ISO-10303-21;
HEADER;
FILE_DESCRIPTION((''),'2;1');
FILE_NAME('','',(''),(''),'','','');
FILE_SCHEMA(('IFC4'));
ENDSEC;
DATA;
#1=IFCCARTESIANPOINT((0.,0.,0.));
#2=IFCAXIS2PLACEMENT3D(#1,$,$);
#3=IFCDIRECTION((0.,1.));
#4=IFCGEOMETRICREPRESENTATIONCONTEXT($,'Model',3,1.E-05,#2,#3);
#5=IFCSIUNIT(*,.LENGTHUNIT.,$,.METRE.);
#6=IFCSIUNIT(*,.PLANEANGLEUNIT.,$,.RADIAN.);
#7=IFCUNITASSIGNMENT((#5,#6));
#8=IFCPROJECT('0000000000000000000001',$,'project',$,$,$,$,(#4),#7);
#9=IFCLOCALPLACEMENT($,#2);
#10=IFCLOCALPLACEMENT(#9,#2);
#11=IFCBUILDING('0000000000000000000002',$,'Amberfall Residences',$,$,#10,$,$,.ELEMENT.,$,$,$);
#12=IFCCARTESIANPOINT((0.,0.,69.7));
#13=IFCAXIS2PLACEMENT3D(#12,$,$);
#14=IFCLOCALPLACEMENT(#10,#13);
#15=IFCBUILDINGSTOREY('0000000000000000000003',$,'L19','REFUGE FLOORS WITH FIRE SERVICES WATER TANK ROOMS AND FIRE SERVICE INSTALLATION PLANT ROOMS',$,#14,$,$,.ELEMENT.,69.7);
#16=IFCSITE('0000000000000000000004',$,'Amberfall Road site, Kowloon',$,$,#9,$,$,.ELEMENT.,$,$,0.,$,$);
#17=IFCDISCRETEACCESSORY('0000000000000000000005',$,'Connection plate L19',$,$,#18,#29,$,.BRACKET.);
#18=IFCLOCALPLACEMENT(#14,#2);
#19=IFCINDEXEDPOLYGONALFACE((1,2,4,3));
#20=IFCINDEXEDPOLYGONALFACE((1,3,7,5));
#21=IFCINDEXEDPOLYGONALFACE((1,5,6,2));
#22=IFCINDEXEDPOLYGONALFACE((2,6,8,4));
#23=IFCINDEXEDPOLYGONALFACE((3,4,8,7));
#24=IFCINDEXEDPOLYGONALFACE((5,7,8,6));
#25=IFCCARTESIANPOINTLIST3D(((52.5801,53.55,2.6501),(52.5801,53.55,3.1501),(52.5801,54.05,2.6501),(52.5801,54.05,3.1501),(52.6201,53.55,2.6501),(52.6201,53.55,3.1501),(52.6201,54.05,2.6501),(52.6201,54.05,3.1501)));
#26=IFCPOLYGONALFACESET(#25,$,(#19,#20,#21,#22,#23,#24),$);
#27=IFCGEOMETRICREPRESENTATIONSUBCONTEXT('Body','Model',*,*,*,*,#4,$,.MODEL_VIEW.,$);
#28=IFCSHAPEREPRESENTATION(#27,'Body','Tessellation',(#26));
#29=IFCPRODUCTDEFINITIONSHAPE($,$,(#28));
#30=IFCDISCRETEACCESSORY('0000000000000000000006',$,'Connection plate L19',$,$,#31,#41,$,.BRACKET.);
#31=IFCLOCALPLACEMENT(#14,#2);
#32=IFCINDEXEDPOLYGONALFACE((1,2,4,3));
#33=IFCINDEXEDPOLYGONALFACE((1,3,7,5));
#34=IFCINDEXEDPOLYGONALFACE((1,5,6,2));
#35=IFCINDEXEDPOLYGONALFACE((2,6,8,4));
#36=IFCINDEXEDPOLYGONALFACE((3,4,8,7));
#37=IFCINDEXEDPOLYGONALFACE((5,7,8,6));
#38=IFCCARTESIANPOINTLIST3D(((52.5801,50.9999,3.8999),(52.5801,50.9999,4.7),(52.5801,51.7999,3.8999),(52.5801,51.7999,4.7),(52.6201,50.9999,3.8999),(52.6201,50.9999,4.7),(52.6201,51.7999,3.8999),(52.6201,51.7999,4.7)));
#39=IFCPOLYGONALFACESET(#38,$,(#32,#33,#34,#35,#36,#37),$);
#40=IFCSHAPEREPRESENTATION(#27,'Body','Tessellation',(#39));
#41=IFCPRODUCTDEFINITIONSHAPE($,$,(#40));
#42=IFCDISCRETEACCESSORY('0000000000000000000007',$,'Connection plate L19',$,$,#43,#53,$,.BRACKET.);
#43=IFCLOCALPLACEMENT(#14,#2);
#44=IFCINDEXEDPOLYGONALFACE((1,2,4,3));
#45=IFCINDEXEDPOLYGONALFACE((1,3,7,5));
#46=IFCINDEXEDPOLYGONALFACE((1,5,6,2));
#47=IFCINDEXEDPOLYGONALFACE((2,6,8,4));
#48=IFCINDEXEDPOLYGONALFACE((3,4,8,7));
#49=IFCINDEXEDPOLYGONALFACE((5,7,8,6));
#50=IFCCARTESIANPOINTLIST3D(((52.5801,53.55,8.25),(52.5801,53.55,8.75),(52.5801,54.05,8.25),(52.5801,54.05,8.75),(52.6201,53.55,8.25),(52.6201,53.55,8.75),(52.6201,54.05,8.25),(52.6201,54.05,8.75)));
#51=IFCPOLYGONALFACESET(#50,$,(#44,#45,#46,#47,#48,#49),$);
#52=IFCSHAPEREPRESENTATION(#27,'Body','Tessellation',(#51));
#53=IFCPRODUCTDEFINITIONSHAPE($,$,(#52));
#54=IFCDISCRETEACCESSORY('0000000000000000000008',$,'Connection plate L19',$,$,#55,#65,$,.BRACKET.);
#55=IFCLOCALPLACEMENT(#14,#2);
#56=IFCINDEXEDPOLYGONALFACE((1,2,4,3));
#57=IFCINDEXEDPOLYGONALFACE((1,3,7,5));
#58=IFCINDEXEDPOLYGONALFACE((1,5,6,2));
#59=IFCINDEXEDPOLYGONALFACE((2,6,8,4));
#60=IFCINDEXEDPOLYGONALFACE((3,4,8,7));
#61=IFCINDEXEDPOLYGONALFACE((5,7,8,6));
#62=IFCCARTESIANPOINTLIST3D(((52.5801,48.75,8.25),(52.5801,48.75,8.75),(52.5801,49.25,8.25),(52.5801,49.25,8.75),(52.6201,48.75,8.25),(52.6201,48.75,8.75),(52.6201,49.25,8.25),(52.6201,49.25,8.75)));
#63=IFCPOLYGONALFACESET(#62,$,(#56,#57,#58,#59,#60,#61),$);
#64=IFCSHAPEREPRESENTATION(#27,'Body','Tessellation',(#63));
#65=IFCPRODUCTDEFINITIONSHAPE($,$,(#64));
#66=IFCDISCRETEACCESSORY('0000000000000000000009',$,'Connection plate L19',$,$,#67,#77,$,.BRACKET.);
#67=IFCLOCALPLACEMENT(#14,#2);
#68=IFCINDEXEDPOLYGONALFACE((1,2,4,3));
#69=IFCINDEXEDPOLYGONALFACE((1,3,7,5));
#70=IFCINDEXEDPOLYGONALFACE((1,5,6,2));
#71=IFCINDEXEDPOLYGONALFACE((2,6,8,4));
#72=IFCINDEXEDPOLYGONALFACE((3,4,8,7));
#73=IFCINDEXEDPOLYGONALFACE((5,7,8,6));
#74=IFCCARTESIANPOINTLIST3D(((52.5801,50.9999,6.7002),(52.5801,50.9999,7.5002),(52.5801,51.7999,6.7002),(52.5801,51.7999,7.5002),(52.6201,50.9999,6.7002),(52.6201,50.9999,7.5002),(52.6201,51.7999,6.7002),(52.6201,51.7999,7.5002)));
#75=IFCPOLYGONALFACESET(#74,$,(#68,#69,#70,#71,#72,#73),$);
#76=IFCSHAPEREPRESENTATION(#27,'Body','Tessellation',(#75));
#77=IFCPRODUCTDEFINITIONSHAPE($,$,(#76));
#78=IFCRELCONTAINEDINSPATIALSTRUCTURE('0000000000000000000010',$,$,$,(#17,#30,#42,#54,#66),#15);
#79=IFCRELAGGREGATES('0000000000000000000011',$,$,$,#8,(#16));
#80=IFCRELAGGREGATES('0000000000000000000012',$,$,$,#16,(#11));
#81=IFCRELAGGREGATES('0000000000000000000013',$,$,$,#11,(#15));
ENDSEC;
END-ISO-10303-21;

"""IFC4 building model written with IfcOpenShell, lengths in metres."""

from ifc_helpers import new_model, si_unit, direction, frame, origin, origin_2d, place, context, subcontext, project, spatial, rectangle, extrude, element, save


model = new_model("IFC4")

# Units and contexts
model_context = context("Model", 3, precision=1e-05, world=origin(), true_north=direction((0.0, 1.0)))
body_context = subcontext(model_context, "Body", "Model", "MODEL_VIEW")
ifc_project = project(units=[si_unit("LENGTHUNIT", "METRE"), si_unit("PLANEANGLEUNIT", "RADIAN")], contexts=[model_context])

# Site, building, storey
site_placement = place(None, origin())
site = spatial("IfcSite", under=ifc_project, at=site_placement, Name="Amberfall Road site, Kowloon", CompositionType="ELEMENT", RefElevation=0.0)
building_placement = place(site_placement, origin())
building = spatial("IfcBuilding", under=site, at=building_placement, Name="Amberfall Residences", CompositionType="ELEMENT")
storey_placement = place(building_placement, frame((0.0, 0.0, 69.7)))
storey = spatial("IfcBuildingStorey", under=building, at=storey_placement, Name="L19", Description="REFUGE FLOORS WITH FIRE SERVICES WATER TANK ROOMS AND FIRE SERVICE INSTALLATION PLANT ROOMS", CompositionType="ELEMENT", Elevation=69.7)

# Discrete accessories
for number, where, z_axis, x_axis, name in (
    (1, (52.6001, 53.8, 2.6501), (0.0, 0.0, 1.0), (0.0, 1.0, 0.0), "Connection plate L19"),
):
    element("IfcDiscreteAccessory", number, at=place(storey_placement, frame(where, z_axis=z_axis, x_axis=x_axis)), inside=storey, Name=name, PredefinedType="BRACKET", context=body_context, shape_type="SweptSolid", body=[
        extrude(rectangle(XDim=0.5, YDim=0.04, at=origin_2d()), origin(), (0.0, 0.0, 1.0), 0.5),
    ])
discrete_accessory_1_placement = place(storey_placement, frame((52.6001, 51.3999, 3.8999), z_axis=(0.0, 0.0, 1.0), x_axis=(0.0, 1.0, 0.0)))
element("IfcDiscreteAccessory", 2, at=discrete_accessory_1_placement, inside=storey, Name="Connection plate L19", PredefinedType="BRACKET", context=body_context, shape_type="SweptSolid", body=[
    extrude(rectangle(XDim=0.8, YDim=0.04, at=origin_2d()), origin(), (0.0, 0.0, 1.0), 0.8),
])
for number, where, z_axis, x_axis, name in (
    (3, (52.6001, 53.8, 8.25), (0.0, 0.0, 1.0), (0.0, 1.0, 0.0), "Connection plate L19"),
    (4, (52.6001, 49.0, 8.25), (0.0, 0.0, 1.0), (0.0, 1.0, 0.0), "Connection plate L19"),
):
    element("IfcDiscreteAccessory", number, at=place(storey_placement, frame(where, z_axis=z_axis, x_axis=x_axis)), inside=storey, Name=name, PredefinedType="BRACKET", context=body_context, shape_type="SweptSolid", body=[
        extrude(rectangle(XDim=0.5, YDim=0.04, at=origin_2d()), origin(), (0.0, 0.0, 1.0), 0.5),
    ])
discrete_accessory_2_placement = place(storey_placement, frame((52.6001, 51.3999, 6.7002), z_axis=(0.0, 0.0, 1.0), x_axis=(0.0, 1.0, 0.0)))
element("IfcDiscreteAccessory", 5, at=discrete_accessory_2_placement, inside=storey, Name="Connection plate L19", PredefinedType="BRACKET", context=body_context, shape_type="SweptSolid", body=[
    extrude(rectangle(XDim=0.8, YDim=0.04, at=origin_2d()), origin(), (0.0, 0.0, 1.0), 0.8),
])

save(model, "model.ifc")
